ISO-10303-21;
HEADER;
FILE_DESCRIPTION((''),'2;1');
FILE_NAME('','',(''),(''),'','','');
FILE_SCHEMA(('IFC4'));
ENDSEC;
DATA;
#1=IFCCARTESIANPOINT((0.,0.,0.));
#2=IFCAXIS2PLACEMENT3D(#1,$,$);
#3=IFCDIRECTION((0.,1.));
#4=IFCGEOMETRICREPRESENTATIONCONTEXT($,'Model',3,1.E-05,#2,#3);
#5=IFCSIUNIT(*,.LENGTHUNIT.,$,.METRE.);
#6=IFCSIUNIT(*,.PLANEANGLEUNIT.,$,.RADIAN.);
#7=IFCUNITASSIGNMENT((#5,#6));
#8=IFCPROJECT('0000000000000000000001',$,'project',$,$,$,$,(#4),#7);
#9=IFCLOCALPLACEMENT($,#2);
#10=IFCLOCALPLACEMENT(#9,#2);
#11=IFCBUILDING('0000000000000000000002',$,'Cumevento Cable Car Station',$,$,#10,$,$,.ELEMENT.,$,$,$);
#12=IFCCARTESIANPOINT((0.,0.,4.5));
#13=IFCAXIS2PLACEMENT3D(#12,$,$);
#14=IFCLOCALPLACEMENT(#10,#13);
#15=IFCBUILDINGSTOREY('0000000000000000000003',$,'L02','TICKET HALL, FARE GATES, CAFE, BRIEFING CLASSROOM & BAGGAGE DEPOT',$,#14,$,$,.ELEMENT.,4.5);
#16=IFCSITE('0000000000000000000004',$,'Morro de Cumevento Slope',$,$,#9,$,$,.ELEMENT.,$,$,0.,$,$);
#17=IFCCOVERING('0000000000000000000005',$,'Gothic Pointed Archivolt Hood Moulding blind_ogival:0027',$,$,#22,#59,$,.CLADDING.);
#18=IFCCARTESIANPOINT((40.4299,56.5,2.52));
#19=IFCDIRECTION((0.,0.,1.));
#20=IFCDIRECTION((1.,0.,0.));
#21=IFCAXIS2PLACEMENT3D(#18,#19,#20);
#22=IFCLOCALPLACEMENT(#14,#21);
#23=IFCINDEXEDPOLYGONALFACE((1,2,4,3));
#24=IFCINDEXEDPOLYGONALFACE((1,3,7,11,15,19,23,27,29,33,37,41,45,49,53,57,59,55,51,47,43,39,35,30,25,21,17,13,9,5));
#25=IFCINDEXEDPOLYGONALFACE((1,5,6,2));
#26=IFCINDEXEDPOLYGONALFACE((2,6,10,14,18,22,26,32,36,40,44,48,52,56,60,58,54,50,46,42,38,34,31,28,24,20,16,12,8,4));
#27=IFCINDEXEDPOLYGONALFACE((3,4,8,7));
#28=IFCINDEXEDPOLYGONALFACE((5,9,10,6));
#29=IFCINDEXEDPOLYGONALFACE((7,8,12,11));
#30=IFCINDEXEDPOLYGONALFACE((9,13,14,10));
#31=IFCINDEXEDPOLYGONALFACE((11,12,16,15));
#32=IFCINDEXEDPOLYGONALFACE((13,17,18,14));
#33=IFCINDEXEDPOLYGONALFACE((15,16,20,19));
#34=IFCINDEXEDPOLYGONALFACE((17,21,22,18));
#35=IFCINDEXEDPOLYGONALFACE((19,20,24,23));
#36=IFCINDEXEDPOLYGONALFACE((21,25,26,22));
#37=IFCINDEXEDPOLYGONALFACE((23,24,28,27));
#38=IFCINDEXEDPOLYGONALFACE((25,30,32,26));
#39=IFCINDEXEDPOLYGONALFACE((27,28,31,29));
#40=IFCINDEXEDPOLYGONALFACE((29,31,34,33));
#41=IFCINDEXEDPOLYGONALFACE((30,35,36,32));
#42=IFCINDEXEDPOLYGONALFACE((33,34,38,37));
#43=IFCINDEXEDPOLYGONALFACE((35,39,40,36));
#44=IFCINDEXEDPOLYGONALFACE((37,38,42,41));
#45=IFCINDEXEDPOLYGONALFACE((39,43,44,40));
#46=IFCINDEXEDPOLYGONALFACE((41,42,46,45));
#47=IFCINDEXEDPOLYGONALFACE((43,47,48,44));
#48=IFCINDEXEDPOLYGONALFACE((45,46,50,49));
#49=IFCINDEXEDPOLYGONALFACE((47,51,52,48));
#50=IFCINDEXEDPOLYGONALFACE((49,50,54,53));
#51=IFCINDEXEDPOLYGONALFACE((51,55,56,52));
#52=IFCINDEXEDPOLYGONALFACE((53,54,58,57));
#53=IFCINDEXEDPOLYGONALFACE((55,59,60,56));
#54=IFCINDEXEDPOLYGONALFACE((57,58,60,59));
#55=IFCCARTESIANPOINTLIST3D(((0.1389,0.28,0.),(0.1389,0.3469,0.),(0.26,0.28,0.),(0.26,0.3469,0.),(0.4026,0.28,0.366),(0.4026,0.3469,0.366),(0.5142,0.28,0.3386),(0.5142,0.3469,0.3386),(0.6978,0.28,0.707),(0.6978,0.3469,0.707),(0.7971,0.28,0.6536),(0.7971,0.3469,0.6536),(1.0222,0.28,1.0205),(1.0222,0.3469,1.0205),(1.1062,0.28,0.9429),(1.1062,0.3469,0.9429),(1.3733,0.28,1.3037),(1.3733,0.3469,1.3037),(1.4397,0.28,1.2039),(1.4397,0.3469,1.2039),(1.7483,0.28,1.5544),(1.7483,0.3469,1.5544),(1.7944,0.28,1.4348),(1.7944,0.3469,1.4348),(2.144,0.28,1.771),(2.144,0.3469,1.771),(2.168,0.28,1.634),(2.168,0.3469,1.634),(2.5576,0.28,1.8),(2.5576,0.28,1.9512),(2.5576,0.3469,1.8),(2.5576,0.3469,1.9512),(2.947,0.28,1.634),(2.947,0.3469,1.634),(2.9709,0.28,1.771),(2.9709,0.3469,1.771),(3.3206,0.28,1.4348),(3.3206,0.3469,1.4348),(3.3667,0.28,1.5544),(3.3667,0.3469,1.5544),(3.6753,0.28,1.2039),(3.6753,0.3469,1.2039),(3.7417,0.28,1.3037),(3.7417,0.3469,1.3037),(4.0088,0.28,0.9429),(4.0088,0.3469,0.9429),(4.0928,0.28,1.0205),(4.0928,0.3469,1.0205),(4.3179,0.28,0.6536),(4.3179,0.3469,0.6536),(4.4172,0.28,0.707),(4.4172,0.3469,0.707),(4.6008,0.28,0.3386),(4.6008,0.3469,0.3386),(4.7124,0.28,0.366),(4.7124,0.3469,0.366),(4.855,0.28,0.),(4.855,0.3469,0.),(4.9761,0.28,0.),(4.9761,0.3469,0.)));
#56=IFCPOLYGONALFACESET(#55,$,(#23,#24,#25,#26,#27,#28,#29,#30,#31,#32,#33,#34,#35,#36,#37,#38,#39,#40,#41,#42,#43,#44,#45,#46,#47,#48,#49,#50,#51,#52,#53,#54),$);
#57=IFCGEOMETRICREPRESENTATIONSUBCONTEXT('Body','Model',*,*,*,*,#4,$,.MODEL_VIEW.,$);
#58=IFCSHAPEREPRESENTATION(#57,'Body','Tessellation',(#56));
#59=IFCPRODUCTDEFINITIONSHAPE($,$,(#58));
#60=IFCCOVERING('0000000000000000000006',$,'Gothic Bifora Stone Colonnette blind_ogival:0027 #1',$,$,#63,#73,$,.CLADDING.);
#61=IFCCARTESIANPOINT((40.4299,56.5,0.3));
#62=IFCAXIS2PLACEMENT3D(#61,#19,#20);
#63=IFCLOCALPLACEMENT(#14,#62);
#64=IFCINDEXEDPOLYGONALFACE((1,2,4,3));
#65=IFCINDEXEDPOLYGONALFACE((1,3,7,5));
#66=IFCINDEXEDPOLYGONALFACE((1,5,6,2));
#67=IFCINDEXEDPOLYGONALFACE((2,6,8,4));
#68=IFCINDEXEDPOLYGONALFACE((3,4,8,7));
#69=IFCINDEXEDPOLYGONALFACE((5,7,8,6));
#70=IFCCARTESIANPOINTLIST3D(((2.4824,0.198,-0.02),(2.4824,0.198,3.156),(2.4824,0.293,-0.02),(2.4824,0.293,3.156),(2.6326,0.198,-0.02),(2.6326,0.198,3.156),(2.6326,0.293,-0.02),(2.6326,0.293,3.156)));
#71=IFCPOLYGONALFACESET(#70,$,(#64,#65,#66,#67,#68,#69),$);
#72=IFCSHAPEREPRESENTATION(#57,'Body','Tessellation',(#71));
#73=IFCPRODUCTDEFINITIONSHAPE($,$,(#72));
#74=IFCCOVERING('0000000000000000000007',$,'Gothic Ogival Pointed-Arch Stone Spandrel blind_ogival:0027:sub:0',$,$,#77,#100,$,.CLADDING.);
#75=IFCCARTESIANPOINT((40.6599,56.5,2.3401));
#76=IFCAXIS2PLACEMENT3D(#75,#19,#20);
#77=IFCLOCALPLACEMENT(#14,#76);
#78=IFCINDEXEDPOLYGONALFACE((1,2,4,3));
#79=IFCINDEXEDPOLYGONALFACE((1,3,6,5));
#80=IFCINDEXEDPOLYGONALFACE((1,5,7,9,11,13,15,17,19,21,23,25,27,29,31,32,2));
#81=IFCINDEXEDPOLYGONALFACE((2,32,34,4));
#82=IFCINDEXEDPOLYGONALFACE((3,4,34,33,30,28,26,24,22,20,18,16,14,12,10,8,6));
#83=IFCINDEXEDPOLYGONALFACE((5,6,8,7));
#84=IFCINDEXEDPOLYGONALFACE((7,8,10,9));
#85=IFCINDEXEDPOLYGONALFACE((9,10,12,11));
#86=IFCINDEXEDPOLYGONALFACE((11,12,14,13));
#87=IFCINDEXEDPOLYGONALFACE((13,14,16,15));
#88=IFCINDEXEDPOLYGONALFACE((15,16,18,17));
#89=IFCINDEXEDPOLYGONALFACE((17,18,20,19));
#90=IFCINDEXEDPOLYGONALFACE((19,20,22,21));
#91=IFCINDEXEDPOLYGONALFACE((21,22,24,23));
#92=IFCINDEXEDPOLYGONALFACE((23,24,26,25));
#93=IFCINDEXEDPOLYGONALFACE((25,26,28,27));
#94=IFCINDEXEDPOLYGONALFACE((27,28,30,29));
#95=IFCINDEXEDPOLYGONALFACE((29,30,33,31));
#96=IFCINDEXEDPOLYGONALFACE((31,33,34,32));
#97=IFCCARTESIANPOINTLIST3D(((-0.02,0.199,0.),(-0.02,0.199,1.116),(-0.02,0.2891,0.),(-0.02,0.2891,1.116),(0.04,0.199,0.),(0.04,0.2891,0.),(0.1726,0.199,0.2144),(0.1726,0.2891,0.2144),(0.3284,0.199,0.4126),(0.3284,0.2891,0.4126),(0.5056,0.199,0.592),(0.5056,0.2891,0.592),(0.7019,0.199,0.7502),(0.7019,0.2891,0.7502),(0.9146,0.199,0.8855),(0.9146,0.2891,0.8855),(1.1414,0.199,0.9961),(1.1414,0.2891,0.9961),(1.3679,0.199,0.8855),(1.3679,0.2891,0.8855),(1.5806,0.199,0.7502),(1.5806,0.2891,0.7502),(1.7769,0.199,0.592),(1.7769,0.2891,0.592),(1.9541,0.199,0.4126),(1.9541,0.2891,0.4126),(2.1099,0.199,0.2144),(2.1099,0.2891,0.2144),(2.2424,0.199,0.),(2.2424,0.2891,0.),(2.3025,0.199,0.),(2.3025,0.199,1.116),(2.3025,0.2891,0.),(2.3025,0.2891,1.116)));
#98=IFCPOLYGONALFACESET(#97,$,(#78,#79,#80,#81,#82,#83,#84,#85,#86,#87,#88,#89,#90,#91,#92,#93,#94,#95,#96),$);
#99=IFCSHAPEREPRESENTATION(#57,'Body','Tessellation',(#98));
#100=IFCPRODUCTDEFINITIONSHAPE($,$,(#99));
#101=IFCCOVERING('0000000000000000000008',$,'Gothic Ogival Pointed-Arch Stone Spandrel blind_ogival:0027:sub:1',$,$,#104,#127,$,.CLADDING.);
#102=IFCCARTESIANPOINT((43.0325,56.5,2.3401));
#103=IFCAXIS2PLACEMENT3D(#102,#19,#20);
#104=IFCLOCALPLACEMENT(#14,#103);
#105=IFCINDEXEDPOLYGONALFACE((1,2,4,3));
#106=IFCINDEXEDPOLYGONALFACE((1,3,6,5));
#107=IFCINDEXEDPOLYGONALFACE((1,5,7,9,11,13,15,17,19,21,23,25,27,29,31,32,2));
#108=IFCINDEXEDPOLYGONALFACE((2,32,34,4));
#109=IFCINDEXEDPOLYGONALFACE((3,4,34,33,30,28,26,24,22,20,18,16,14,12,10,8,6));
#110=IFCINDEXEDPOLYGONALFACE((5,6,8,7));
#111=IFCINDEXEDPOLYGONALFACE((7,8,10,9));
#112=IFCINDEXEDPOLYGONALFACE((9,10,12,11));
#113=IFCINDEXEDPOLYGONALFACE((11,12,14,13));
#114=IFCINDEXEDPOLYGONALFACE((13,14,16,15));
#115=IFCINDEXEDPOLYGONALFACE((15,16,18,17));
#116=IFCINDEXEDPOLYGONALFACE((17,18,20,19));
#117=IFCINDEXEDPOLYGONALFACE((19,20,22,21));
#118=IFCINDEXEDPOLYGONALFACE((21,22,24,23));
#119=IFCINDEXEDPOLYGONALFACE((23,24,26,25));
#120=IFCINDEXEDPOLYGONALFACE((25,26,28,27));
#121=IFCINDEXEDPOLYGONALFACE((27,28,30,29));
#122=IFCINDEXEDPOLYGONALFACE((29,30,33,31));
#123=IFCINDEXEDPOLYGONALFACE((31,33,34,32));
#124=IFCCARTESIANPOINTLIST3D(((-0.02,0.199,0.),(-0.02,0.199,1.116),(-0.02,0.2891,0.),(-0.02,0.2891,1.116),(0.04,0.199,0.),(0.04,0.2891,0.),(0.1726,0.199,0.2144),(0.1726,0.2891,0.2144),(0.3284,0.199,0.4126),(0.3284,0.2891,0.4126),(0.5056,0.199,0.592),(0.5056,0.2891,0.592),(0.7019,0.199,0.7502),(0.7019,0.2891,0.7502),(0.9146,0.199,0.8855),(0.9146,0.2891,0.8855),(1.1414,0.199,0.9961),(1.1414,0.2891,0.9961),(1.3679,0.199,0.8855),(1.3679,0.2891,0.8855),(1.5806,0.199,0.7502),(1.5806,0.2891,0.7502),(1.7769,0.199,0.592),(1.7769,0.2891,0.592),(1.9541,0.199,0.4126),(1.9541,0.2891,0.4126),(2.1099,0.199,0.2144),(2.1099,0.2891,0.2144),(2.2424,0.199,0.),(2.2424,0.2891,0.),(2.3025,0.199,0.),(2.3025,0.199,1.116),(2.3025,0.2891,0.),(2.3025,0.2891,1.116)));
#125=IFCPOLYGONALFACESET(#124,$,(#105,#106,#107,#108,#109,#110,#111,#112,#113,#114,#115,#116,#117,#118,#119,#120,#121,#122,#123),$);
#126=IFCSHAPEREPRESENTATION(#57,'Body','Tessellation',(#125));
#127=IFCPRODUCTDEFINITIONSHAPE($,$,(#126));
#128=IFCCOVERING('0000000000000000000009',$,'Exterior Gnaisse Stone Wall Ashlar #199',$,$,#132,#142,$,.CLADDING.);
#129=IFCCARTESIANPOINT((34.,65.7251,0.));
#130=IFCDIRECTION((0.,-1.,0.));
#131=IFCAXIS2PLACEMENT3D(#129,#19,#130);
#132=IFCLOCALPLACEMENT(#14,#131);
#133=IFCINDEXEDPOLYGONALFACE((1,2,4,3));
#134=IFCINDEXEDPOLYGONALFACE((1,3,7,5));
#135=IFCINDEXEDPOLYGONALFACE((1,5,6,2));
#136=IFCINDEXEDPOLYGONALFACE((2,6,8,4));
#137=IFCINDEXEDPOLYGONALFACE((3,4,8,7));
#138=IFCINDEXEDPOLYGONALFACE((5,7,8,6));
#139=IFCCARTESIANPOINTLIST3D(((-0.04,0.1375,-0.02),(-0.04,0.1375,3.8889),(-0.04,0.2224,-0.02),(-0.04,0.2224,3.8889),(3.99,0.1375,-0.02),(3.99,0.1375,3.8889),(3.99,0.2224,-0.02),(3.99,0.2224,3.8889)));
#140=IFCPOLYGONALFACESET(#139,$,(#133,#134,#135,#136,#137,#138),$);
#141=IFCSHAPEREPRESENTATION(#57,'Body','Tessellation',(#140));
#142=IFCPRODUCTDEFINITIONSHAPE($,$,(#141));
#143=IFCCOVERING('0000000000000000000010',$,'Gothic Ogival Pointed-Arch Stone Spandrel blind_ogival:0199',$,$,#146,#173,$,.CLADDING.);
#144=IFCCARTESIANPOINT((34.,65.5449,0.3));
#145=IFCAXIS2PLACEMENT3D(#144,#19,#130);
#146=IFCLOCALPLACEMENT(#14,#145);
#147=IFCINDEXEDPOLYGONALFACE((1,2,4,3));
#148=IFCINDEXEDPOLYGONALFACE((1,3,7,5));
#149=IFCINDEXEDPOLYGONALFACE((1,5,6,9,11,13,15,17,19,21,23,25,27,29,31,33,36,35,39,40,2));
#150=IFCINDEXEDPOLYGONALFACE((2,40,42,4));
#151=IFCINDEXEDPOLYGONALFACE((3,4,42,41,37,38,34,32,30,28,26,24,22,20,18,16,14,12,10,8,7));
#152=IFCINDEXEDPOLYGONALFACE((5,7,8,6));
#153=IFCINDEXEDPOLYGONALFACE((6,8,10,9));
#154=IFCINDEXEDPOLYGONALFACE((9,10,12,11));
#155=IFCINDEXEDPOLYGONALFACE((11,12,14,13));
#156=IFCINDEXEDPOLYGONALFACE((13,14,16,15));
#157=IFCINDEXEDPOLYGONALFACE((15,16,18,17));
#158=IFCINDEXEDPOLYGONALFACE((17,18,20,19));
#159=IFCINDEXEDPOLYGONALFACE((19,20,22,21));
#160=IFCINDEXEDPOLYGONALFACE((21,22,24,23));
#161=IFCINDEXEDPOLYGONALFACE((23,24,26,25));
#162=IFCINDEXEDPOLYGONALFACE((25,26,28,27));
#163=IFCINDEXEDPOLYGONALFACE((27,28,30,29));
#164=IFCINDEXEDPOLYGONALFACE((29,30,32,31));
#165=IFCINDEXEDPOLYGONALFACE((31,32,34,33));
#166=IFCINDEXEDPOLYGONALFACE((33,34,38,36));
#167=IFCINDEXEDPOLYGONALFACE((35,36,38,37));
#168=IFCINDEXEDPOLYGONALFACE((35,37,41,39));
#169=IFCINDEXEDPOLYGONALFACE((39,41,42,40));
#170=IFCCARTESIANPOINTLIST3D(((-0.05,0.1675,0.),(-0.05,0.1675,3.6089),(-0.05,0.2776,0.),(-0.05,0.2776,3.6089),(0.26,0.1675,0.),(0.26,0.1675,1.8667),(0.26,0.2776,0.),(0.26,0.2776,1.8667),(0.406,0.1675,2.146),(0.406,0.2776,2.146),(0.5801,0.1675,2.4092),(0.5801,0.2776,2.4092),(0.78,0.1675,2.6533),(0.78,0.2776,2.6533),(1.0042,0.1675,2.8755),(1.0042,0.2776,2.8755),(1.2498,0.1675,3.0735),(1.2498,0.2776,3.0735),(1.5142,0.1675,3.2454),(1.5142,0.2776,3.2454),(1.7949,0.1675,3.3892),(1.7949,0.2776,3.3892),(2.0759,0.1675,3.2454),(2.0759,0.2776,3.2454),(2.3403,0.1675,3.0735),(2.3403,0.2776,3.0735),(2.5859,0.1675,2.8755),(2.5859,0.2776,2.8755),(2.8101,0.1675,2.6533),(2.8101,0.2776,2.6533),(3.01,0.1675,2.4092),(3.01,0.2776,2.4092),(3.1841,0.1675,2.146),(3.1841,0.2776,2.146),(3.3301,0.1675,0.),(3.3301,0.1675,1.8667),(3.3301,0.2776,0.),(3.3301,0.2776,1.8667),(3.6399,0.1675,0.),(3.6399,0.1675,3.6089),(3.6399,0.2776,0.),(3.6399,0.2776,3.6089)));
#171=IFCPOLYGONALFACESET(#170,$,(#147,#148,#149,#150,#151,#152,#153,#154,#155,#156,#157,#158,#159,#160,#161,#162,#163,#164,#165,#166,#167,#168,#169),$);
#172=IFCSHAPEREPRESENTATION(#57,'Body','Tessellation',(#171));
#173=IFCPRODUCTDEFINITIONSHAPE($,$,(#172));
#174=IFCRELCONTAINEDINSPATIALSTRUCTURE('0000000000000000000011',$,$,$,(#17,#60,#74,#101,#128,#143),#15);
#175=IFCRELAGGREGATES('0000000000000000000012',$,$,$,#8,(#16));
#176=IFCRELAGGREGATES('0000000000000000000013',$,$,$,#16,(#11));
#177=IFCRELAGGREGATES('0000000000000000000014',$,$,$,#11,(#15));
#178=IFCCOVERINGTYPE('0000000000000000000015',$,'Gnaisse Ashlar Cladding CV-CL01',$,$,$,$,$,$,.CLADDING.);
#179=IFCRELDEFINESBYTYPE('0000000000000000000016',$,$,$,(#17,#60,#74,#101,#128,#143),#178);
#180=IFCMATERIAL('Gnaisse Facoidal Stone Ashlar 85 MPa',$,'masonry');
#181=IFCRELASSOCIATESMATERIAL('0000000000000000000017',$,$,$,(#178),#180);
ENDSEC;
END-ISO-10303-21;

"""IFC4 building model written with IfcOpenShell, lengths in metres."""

from ifc_helpers import new_model, si_unit, direction, frame, origin, place, context, subcontext, project, spatial, polyline, outline, extrude, material, type_object, element, save


model = new_model("IFC4")

# Units and contexts
model_context = context("Model", 3, precision=1e-05, world=origin(), true_north=direction((0.0, 1.0)))
body_context = subcontext(model_context, "Body", "Model", "MODEL_VIEW")
ifc_project = project(units=[si_unit("LENGTHUNIT", "METRE"), si_unit("PLANEANGLEUNIT", "RADIAN")], contexts=[model_context])

# Site, building, storey
site_placement = place(None, origin())
site = spatial("IfcSite", under=ifc_project, at=site_placement, Name="Morro de Cumevento Slope", CompositionType="ELEMENT", RefElevation=0.0)
building_placement = place(site_placement, origin())
building = spatial("IfcBuilding", under=site, at=building_placement, Name="Cumevento Cable Car Station", CompositionType="ELEMENT")
storey_placement = place(building_placement, frame((0.0, 0.0, 4.5)))
storey = spatial("IfcBuildingStorey", under=building, at=storey_placement, Name="L02", Description="TICKET HALL, FARE GATES, CAFE, BRIEFING CLASSROOM & BAGGAGE DEPOT", CompositionType="ELEMENT", Elevation=4.5)

# Coverings
ifc_material_1 = material(Name="Gnaisse Facoidal Stone Ashlar 85 MPa", Category="masonry")
covering_type = type_object("IfcCoveringType", Name="Gnaisse Ashlar Cladding CV-CL01", PredefinedType="CLADDING", material=ifc_material_1)
placement_1 = place(storey_placement, frame((40.4299, 56.5, 0.3), z_axis=(0.0, 0.0, 1.0), x_axis=(1.0, 0.0, 0.0)))
covering_1_placement = place(storey_placement, frame((40.4299, 56.5, 2.52), z_axis=(0.0, 0.0, 1.0), x_axis=(1.0, 0.0, 0.0)))
element("IfcCovering", 1, at=covering_1_placement, inside=storey, type_object=covering_type, Name="Gothic Pointed Archivolt Hood Moulding blind_ogival:0027", PredefinedType="CLADDING", context=body_context, shape_type="SweptSolid", body=[
    extrude(outline(polyline([(0.26, 0.0), (0.5142, 0.3386), (0.7971, 0.6536), (1.1062, 0.9429), (1.4397, 1.2039), (1.7944, 1.4348), (2.168, 1.634), (2.5576, 1.8), (2.947, 1.634), (3.3206, 1.4348), (3.6753, 1.2039), (4.0088, 0.9429), (4.3179, 0.6536), (4.6008, 0.3386), (4.855, 0.0), (4.9761, 0.0), (4.7124, 0.366), (4.4172, 0.707), (4.0928, 1.0205), (3.7417, 1.3037), (3.3667, 1.5544), (2.9709, 1.771), (2.5576, 1.9512), (2.144, 1.771), (1.7483, 1.5544), (1.3733, 1.3037), (1.0222, 1.0205), (0.6978, 0.707), (0.4026, 0.366), (0.1389, 0.0), (0.26, 0.0)])), frame((0.0, 0.3469, 0.0), z_axis=(0.0, -1.0, 0.0), x_axis=(1.0, 0.0, 0.0)), (0.0, 0.0, 1.0), 0.0669),
])
element("IfcCovering", 2, at=placement_1, inside=storey, type_object=covering_type, Name="Gothic Bifora Stone Colonnette blind_ogival:0027 #1", PredefinedType="CLADDING", context=body_context, shape_type="SweptSolid", body=[
    extrude(outline(polyline([(2.4824, -0.02), (2.6326, -0.02), (2.6326, 3.156), (2.4824, 3.156), (2.4824, -0.02)])), frame((0.0, 0.293, 0.0), z_axis=(0.0, -1.0, 0.0), x_axis=(1.0, 0.0, 0.0)), (0.0, 0.0, 1.0), 0.095),
])
for number, where, z_axis, x_axis, name in (
    (3, (40.6599, 56.5, 2.3401), (0.0, 0.0, 1.0), (1.0, 0.0, 0.0), "Gothic Ogival Pointed-Arch Stone Spandrel blind_ogival:0027:sub:0"),
    (4, (43.0325, 56.5, 2.3401), (0.0, 0.0, 1.0), (1.0, 0.0, 0.0), "Gothic Ogival Pointed-Arch Stone Spandrel blind_ogival:0027:sub:1"),
):
    element("IfcCovering", number, at=place(storey_placement, frame(where, z_axis=z_axis, x_axis=x_axis)), inside=storey, type_object=covering_type, Name=name, PredefinedType="CLADDING", context=body_context, shape_type="SweptSolid", body=[
        extrude(outline(polyline([(-0.02, 0.0), (-0.02, 1.116), (2.3025, 1.116), (2.3025, 0.0), (2.2424, 0.0), (2.1099, 0.2144), (1.9541, 0.4126), (1.7769, 0.592), (1.5806, 0.7502), (1.3679, 0.8855), (1.1414, 0.9961), (0.9146, 0.8855), (0.7019, 0.7502), (0.5056, 0.592), (0.3284, 0.4126), (0.1726, 0.2144), (0.04, 0.0), (-0.02, 0.0)])), frame((0.0, 0.2891, 0.0), z_axis=(0.0, -1.0, 0.0), x_axis=(1.0, 0.0, 0.0)), (0.0, 0.0, 1.0), 0.0901),
    ])
covering_2_placement = place(storey_placement, frame((34.0, 65.7251, 0.0), z_axis=(0.0, 0.0, 1.0), x_axis=(0.0, -1.0, 0.0)))
element("IfcCovering", 5, at=covering_2_placement, inside=storey, type_object=covering_type, Name="Exterior Gnaisse Stone Wall Ashlar #199", PredefinedType="CLADDING", context=body_context, shape_type="SweptSolid", body=[
    extrude(outline(polyline([(-0.04, -0.02), (3.99, -0.02), (3.99, 3.8889), (-0.04, 3.8889), (-0.04, -0.02)])), frame((0.0, 0.2224, 0.0), z_axis=(0.0, -1.0, 0.0), x_axis=(1.0, 0.0, 0.0)), (0.0, 0.0, 1.0), 0.085),
])
covering_3_placement = place(storey_placement, frame((34.0, 65.5449, 0.3), z_axis=(0.0, 0.0, 1.0), x_axis=(0.0, -1.0, 0.0)))
element("IfcCovering", 6, at=covering_3_placement, inside=storey, type_object=covering_type, Name="Gothic Ogival Pointed-Arch Stone Spandrel blind_ogival:0199", PredefinedType="CLADDING", context=body_context, shape_type="SweptSolid", body=[
    extrude(outline(polyline([(-0.05, 0.0), (-0.05, 3.6089), (3.6399, 3.6089), (3.6399, 0.0), (3.3301, 0.0), (3.3301, 1.8667), (3.1841, 2.146), (3.01, 2.4092), (2.8101, 2.6533), (2.5859, 2.8755), (2.3403, 3.0735), (2.0759, 3.2454), (1.7949, 3.3892), (1.5142, 3.2454), (1.2498, 3.0735), (1.0042, 2.8755), (0.78, 2.6533), (0.5801, 2.4092), (0.406, 2.146), (0.26, 1.8667), (0.26, 0.0), (-0.05, 0.0)])), frame((0.0, 0.2776, 0.0), z_axis=(0.0, -1.0, 0.0), x_axis=(1.0, 0.0, 0.0)), (0.0, 0.0, 1.0), 0.1101),
])

save(model, "model.ifc")
